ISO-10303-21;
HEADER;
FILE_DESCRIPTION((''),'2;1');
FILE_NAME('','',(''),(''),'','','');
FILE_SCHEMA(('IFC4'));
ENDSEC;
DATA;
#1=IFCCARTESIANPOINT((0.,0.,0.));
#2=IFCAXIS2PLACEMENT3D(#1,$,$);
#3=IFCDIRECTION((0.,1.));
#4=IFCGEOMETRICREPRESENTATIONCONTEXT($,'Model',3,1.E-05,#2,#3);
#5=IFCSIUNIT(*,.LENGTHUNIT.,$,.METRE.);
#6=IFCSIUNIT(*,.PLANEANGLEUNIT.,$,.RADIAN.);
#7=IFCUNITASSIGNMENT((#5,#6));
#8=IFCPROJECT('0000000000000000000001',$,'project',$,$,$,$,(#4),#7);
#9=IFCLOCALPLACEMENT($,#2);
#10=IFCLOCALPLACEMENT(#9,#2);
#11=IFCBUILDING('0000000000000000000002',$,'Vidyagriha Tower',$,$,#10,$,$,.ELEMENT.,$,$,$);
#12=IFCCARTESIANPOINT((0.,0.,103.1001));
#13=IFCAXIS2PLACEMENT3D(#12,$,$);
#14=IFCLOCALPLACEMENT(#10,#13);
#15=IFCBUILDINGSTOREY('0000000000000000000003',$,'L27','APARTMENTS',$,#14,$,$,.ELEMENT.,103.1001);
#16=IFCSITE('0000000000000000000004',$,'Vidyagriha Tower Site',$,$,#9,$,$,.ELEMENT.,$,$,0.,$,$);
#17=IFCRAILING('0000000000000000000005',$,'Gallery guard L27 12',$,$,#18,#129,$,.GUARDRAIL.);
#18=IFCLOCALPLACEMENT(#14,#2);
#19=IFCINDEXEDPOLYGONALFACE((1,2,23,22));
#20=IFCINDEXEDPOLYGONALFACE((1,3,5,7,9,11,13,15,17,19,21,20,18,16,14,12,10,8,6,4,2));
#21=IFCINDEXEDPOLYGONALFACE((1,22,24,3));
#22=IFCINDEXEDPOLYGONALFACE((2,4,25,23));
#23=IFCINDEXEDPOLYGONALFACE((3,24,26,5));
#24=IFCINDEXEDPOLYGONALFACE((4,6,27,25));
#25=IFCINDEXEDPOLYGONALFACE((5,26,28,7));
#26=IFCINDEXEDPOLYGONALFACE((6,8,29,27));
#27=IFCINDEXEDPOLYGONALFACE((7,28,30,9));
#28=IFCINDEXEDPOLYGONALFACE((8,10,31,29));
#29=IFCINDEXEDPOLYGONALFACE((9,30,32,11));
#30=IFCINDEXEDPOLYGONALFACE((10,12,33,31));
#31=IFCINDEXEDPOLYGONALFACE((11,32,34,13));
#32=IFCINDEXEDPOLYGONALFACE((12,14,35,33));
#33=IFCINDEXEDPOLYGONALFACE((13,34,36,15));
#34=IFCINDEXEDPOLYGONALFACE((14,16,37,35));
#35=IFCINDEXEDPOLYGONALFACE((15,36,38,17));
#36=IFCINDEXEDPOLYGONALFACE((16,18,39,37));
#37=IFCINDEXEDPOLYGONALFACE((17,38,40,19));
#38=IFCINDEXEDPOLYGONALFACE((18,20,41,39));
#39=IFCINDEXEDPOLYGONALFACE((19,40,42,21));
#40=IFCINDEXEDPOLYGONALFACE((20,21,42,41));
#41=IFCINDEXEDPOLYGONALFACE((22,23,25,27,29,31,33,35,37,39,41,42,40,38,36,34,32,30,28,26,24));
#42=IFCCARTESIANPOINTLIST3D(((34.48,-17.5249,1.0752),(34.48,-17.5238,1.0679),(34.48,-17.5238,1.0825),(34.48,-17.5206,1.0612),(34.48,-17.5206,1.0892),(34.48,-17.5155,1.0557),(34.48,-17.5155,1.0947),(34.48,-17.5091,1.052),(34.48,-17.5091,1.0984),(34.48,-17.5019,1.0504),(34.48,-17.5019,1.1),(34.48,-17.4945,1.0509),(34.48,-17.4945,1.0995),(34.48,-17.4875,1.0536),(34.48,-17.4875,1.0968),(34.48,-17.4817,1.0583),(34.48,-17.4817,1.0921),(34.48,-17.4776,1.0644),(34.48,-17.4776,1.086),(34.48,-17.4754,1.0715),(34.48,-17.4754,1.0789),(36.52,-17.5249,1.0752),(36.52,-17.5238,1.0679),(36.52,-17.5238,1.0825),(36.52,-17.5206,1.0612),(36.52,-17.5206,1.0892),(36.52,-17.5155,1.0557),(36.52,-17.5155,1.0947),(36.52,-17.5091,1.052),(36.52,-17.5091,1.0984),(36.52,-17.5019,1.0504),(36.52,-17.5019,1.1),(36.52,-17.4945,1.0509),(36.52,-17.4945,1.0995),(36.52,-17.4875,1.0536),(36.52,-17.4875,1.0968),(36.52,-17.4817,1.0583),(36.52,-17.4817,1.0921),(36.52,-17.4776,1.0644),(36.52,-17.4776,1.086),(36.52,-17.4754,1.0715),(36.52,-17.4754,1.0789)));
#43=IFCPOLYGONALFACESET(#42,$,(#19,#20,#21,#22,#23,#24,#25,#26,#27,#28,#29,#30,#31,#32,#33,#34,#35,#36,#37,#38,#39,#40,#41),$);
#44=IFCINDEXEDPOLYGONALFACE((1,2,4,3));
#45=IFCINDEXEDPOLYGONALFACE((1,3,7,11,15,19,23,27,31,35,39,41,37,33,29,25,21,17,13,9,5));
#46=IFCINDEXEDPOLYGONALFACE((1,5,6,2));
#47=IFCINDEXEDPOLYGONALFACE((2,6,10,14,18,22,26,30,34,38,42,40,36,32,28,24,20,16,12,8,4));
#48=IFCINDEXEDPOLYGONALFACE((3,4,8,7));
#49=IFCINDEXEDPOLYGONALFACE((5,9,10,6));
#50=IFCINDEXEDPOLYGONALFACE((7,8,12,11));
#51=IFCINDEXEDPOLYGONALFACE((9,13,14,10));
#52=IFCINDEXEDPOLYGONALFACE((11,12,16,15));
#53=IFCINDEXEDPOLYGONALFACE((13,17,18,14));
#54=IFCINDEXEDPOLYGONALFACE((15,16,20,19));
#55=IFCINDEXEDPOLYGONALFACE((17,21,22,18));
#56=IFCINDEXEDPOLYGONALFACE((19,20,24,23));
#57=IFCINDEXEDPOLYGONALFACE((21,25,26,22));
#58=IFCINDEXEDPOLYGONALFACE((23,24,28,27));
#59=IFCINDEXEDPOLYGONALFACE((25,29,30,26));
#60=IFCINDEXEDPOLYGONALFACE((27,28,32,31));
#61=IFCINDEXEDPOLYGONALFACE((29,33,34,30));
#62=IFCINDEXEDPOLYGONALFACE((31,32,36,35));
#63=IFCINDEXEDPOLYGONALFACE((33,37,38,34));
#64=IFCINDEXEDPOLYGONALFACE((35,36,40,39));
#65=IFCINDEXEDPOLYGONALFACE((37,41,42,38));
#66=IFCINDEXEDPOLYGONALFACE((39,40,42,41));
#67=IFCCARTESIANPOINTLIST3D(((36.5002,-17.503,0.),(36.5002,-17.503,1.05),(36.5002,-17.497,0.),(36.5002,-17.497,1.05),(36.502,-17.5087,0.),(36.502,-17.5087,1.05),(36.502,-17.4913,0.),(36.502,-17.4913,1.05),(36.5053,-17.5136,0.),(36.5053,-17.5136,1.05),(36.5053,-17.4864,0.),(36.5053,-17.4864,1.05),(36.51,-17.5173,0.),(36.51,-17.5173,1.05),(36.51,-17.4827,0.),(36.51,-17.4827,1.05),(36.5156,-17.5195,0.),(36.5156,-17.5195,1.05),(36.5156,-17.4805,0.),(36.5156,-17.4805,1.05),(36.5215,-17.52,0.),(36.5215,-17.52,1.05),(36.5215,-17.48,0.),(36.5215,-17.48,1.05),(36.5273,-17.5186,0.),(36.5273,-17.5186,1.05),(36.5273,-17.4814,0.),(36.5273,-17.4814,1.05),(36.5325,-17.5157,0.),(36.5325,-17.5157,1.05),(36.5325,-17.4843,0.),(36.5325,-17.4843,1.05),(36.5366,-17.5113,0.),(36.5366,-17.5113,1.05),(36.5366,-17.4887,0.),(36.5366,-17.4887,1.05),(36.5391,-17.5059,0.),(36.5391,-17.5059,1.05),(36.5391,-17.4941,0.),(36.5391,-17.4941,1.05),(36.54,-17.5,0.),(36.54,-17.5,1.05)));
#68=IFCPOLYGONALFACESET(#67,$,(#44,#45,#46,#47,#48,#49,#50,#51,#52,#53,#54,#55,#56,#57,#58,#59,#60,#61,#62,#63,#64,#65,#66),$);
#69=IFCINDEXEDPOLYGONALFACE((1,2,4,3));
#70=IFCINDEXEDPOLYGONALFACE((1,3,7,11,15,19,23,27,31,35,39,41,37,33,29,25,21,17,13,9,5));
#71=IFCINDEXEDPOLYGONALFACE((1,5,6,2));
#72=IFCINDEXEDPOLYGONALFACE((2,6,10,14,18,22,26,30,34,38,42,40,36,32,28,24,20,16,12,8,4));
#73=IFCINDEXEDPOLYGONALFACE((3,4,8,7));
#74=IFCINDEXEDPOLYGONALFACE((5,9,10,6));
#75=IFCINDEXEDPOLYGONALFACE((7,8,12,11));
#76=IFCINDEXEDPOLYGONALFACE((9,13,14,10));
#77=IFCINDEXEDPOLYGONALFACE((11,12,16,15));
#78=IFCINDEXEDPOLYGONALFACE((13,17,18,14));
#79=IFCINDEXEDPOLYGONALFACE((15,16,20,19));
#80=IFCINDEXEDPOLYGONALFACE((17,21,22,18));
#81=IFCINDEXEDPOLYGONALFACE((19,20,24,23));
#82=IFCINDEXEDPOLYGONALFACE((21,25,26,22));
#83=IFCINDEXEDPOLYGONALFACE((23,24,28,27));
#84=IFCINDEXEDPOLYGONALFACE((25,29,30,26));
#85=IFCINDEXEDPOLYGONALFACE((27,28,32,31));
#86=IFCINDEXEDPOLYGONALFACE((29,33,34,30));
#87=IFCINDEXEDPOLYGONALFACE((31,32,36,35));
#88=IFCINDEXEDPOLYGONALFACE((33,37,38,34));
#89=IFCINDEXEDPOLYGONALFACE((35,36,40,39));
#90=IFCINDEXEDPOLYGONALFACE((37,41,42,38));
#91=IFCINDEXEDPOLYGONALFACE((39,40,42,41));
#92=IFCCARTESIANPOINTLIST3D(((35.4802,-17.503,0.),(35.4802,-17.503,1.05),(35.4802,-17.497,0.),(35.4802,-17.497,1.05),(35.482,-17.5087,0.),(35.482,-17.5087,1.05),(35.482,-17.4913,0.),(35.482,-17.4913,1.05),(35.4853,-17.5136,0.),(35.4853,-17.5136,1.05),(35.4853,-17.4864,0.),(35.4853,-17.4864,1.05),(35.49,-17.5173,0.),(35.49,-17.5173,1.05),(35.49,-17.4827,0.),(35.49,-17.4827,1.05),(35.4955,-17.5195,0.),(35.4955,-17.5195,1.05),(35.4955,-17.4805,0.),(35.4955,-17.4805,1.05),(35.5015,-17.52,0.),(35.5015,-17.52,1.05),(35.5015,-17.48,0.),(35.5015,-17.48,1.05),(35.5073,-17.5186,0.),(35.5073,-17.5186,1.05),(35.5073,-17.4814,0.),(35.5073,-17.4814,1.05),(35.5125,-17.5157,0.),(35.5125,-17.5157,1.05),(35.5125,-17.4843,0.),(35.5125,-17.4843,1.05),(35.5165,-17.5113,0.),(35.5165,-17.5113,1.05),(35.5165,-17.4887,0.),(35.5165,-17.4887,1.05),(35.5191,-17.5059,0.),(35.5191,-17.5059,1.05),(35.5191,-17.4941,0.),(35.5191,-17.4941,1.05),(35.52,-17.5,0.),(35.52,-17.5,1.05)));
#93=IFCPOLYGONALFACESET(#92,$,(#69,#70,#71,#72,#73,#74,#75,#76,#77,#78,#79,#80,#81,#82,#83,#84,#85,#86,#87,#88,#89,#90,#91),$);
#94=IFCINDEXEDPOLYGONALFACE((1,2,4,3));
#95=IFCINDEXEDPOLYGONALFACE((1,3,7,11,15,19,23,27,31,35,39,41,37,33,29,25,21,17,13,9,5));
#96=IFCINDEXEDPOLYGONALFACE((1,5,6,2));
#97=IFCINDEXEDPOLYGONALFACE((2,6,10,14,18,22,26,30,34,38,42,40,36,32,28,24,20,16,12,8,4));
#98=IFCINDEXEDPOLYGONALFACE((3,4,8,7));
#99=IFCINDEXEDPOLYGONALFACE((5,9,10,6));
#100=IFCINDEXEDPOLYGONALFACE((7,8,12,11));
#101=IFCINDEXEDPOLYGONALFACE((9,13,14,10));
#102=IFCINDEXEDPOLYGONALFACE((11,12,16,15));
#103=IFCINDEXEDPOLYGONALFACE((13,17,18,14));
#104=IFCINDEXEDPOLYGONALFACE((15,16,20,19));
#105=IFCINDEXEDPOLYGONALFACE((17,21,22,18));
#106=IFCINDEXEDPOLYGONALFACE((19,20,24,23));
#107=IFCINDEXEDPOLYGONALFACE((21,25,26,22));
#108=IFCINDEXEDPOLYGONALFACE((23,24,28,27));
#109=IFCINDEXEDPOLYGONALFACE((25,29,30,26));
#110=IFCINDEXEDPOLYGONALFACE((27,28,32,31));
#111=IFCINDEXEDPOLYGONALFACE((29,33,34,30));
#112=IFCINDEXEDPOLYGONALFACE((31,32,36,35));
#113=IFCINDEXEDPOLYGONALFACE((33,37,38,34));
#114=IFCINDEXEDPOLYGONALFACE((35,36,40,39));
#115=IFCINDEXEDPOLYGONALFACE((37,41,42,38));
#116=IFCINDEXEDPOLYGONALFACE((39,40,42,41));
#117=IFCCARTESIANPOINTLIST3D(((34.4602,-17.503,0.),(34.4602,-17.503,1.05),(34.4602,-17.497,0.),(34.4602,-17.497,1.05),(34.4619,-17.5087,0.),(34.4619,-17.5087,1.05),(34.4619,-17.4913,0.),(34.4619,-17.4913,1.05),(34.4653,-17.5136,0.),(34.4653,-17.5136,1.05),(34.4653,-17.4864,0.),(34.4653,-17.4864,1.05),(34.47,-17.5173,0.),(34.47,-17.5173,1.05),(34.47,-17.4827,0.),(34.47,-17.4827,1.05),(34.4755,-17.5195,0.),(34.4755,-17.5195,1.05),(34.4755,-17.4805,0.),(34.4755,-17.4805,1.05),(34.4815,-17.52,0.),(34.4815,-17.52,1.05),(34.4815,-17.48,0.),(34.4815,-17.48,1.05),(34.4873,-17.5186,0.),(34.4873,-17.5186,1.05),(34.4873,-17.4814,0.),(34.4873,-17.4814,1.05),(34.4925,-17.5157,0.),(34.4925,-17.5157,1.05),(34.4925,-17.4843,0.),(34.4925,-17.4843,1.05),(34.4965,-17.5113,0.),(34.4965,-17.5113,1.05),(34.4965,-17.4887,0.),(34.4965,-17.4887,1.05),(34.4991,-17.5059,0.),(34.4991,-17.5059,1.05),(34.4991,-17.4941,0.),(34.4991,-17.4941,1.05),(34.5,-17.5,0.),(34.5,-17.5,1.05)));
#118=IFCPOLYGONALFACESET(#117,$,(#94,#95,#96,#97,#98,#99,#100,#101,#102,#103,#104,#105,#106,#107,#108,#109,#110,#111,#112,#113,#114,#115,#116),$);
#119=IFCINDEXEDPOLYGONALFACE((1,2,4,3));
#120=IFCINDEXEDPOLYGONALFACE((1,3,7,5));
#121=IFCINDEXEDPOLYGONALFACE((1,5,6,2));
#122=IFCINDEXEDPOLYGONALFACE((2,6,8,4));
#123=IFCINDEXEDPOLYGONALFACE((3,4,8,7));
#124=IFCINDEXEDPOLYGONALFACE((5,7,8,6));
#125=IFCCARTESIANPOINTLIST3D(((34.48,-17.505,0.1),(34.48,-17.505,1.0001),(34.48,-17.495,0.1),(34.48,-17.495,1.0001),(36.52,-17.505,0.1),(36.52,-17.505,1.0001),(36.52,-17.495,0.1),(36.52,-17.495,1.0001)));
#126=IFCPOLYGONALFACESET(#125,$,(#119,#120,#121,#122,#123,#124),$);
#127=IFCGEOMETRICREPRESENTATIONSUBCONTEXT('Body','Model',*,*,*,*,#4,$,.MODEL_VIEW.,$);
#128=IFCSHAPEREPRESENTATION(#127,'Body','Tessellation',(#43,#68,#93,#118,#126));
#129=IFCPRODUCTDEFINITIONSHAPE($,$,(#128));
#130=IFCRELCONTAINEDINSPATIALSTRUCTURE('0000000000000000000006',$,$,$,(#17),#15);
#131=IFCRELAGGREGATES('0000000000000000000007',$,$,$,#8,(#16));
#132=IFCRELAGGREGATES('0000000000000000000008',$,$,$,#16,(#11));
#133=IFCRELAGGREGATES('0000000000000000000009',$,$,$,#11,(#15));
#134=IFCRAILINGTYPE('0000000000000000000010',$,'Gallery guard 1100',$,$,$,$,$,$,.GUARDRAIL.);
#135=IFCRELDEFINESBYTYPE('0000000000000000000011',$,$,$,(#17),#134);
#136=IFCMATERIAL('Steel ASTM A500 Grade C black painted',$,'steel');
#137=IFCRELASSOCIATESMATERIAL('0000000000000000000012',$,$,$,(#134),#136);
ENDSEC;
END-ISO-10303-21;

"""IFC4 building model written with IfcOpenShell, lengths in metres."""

from ifc_helpers import new_model, si_unit, direction, frame, origin, origin_2d, place, context, subcontext, project, spatial, rectangle, circle, extrude, material, type_object, element, save


model = new_model("IFC4")

# Units and contexts
model_context = context("Model", 3, precision=1e-05, world=origin(), true_north=direction((0.0, 1.0)))
body_context = subcontext(model_context, "Body", "Model", "MODEL_VIEW")
ifc_project = project(units=[si_unit("LENGTHUNIT", "METRE"), si_unit("PLANEANGLEUNIT", "RADIAN")], contexts=[model_context])

# Site, building, storey
site_placement = place(None, origin())
site = spatial("IfcSite", under=ifc_project, at=site_placement, Name="Vidyagriha Tower Site", CompositionType="ELEMENT", RefElevation=0.0)
building_placement = place(site_placement, origin())
building = spatial("IfcBuilding", under=site, at=building_placement, Name="Vidyagriha Tower", CompositionType="ELEMENT")
storey_placement = place(building_placement, frame((0.0, 0.0, 103.1001)))
storey = spatial("IfcBuildingStorey", under=building, at=storey_placement, Name="L27", Description="APARTMENTS", CompositionType="ELEMENT", Elevation=103.1001)

# Railing
ifc_material_1 = material(Name="Steel ASTM A500 Grade C black painted", Category="steel")
railing_type_1 = type_object("IfcRailingType", Name="Gallery guard 1100", PredefinedType="GUARDRAIL", material=ifc_material_1)
railing_1_placement = place(storey_placement, frame((36.52, -17.5, 0.0)))
element("IfcRailing", 1, at=railing_1_placement, inside=storey, type_object=railing_type_1, Name="Gallery guard L27 12", PredefinedType="GUARDRAIL", context=body_context, shape_type="SweptSolid", body=[
    extrude(circle(Radius=0.0249, at=origin_2d()), frame((0.0, 0.0, 1.0752), z_axis=(-1.0, 0.0, 0.0), x_axis=(0.0, -1.0, 0.0)), (0.0, 0.0, 1.0), 2.04),
    extrude(circle(Radius=0.02, at=origin_2d()), origin(), (0.0, 0.0, 1.0), 1.05),
    extrude(circle(Radius=0.02, at=origin_2d()), frame((-1.02, 0.0, 0.0)), (0.0, 0.0, 1.0), 1.05),
    extrude(circle(Radius=0.02, at=origin_2d()), frame((-2.04, 0.0, 0.0)), (0.0, 0.0, 1.0), 1.05),
    extrude(rectangle(XDim=0.01, YDim=0.9001, at=origin_2d()), frame((0.0, 0.0, 0.55), z_axis=(-1.0, 0.0, 0.0), x_axis=(0.0, -1.0, 0.0)), (0.0, 0.0, 1.0), 2.04),
])

save(model, "model.ifc")
